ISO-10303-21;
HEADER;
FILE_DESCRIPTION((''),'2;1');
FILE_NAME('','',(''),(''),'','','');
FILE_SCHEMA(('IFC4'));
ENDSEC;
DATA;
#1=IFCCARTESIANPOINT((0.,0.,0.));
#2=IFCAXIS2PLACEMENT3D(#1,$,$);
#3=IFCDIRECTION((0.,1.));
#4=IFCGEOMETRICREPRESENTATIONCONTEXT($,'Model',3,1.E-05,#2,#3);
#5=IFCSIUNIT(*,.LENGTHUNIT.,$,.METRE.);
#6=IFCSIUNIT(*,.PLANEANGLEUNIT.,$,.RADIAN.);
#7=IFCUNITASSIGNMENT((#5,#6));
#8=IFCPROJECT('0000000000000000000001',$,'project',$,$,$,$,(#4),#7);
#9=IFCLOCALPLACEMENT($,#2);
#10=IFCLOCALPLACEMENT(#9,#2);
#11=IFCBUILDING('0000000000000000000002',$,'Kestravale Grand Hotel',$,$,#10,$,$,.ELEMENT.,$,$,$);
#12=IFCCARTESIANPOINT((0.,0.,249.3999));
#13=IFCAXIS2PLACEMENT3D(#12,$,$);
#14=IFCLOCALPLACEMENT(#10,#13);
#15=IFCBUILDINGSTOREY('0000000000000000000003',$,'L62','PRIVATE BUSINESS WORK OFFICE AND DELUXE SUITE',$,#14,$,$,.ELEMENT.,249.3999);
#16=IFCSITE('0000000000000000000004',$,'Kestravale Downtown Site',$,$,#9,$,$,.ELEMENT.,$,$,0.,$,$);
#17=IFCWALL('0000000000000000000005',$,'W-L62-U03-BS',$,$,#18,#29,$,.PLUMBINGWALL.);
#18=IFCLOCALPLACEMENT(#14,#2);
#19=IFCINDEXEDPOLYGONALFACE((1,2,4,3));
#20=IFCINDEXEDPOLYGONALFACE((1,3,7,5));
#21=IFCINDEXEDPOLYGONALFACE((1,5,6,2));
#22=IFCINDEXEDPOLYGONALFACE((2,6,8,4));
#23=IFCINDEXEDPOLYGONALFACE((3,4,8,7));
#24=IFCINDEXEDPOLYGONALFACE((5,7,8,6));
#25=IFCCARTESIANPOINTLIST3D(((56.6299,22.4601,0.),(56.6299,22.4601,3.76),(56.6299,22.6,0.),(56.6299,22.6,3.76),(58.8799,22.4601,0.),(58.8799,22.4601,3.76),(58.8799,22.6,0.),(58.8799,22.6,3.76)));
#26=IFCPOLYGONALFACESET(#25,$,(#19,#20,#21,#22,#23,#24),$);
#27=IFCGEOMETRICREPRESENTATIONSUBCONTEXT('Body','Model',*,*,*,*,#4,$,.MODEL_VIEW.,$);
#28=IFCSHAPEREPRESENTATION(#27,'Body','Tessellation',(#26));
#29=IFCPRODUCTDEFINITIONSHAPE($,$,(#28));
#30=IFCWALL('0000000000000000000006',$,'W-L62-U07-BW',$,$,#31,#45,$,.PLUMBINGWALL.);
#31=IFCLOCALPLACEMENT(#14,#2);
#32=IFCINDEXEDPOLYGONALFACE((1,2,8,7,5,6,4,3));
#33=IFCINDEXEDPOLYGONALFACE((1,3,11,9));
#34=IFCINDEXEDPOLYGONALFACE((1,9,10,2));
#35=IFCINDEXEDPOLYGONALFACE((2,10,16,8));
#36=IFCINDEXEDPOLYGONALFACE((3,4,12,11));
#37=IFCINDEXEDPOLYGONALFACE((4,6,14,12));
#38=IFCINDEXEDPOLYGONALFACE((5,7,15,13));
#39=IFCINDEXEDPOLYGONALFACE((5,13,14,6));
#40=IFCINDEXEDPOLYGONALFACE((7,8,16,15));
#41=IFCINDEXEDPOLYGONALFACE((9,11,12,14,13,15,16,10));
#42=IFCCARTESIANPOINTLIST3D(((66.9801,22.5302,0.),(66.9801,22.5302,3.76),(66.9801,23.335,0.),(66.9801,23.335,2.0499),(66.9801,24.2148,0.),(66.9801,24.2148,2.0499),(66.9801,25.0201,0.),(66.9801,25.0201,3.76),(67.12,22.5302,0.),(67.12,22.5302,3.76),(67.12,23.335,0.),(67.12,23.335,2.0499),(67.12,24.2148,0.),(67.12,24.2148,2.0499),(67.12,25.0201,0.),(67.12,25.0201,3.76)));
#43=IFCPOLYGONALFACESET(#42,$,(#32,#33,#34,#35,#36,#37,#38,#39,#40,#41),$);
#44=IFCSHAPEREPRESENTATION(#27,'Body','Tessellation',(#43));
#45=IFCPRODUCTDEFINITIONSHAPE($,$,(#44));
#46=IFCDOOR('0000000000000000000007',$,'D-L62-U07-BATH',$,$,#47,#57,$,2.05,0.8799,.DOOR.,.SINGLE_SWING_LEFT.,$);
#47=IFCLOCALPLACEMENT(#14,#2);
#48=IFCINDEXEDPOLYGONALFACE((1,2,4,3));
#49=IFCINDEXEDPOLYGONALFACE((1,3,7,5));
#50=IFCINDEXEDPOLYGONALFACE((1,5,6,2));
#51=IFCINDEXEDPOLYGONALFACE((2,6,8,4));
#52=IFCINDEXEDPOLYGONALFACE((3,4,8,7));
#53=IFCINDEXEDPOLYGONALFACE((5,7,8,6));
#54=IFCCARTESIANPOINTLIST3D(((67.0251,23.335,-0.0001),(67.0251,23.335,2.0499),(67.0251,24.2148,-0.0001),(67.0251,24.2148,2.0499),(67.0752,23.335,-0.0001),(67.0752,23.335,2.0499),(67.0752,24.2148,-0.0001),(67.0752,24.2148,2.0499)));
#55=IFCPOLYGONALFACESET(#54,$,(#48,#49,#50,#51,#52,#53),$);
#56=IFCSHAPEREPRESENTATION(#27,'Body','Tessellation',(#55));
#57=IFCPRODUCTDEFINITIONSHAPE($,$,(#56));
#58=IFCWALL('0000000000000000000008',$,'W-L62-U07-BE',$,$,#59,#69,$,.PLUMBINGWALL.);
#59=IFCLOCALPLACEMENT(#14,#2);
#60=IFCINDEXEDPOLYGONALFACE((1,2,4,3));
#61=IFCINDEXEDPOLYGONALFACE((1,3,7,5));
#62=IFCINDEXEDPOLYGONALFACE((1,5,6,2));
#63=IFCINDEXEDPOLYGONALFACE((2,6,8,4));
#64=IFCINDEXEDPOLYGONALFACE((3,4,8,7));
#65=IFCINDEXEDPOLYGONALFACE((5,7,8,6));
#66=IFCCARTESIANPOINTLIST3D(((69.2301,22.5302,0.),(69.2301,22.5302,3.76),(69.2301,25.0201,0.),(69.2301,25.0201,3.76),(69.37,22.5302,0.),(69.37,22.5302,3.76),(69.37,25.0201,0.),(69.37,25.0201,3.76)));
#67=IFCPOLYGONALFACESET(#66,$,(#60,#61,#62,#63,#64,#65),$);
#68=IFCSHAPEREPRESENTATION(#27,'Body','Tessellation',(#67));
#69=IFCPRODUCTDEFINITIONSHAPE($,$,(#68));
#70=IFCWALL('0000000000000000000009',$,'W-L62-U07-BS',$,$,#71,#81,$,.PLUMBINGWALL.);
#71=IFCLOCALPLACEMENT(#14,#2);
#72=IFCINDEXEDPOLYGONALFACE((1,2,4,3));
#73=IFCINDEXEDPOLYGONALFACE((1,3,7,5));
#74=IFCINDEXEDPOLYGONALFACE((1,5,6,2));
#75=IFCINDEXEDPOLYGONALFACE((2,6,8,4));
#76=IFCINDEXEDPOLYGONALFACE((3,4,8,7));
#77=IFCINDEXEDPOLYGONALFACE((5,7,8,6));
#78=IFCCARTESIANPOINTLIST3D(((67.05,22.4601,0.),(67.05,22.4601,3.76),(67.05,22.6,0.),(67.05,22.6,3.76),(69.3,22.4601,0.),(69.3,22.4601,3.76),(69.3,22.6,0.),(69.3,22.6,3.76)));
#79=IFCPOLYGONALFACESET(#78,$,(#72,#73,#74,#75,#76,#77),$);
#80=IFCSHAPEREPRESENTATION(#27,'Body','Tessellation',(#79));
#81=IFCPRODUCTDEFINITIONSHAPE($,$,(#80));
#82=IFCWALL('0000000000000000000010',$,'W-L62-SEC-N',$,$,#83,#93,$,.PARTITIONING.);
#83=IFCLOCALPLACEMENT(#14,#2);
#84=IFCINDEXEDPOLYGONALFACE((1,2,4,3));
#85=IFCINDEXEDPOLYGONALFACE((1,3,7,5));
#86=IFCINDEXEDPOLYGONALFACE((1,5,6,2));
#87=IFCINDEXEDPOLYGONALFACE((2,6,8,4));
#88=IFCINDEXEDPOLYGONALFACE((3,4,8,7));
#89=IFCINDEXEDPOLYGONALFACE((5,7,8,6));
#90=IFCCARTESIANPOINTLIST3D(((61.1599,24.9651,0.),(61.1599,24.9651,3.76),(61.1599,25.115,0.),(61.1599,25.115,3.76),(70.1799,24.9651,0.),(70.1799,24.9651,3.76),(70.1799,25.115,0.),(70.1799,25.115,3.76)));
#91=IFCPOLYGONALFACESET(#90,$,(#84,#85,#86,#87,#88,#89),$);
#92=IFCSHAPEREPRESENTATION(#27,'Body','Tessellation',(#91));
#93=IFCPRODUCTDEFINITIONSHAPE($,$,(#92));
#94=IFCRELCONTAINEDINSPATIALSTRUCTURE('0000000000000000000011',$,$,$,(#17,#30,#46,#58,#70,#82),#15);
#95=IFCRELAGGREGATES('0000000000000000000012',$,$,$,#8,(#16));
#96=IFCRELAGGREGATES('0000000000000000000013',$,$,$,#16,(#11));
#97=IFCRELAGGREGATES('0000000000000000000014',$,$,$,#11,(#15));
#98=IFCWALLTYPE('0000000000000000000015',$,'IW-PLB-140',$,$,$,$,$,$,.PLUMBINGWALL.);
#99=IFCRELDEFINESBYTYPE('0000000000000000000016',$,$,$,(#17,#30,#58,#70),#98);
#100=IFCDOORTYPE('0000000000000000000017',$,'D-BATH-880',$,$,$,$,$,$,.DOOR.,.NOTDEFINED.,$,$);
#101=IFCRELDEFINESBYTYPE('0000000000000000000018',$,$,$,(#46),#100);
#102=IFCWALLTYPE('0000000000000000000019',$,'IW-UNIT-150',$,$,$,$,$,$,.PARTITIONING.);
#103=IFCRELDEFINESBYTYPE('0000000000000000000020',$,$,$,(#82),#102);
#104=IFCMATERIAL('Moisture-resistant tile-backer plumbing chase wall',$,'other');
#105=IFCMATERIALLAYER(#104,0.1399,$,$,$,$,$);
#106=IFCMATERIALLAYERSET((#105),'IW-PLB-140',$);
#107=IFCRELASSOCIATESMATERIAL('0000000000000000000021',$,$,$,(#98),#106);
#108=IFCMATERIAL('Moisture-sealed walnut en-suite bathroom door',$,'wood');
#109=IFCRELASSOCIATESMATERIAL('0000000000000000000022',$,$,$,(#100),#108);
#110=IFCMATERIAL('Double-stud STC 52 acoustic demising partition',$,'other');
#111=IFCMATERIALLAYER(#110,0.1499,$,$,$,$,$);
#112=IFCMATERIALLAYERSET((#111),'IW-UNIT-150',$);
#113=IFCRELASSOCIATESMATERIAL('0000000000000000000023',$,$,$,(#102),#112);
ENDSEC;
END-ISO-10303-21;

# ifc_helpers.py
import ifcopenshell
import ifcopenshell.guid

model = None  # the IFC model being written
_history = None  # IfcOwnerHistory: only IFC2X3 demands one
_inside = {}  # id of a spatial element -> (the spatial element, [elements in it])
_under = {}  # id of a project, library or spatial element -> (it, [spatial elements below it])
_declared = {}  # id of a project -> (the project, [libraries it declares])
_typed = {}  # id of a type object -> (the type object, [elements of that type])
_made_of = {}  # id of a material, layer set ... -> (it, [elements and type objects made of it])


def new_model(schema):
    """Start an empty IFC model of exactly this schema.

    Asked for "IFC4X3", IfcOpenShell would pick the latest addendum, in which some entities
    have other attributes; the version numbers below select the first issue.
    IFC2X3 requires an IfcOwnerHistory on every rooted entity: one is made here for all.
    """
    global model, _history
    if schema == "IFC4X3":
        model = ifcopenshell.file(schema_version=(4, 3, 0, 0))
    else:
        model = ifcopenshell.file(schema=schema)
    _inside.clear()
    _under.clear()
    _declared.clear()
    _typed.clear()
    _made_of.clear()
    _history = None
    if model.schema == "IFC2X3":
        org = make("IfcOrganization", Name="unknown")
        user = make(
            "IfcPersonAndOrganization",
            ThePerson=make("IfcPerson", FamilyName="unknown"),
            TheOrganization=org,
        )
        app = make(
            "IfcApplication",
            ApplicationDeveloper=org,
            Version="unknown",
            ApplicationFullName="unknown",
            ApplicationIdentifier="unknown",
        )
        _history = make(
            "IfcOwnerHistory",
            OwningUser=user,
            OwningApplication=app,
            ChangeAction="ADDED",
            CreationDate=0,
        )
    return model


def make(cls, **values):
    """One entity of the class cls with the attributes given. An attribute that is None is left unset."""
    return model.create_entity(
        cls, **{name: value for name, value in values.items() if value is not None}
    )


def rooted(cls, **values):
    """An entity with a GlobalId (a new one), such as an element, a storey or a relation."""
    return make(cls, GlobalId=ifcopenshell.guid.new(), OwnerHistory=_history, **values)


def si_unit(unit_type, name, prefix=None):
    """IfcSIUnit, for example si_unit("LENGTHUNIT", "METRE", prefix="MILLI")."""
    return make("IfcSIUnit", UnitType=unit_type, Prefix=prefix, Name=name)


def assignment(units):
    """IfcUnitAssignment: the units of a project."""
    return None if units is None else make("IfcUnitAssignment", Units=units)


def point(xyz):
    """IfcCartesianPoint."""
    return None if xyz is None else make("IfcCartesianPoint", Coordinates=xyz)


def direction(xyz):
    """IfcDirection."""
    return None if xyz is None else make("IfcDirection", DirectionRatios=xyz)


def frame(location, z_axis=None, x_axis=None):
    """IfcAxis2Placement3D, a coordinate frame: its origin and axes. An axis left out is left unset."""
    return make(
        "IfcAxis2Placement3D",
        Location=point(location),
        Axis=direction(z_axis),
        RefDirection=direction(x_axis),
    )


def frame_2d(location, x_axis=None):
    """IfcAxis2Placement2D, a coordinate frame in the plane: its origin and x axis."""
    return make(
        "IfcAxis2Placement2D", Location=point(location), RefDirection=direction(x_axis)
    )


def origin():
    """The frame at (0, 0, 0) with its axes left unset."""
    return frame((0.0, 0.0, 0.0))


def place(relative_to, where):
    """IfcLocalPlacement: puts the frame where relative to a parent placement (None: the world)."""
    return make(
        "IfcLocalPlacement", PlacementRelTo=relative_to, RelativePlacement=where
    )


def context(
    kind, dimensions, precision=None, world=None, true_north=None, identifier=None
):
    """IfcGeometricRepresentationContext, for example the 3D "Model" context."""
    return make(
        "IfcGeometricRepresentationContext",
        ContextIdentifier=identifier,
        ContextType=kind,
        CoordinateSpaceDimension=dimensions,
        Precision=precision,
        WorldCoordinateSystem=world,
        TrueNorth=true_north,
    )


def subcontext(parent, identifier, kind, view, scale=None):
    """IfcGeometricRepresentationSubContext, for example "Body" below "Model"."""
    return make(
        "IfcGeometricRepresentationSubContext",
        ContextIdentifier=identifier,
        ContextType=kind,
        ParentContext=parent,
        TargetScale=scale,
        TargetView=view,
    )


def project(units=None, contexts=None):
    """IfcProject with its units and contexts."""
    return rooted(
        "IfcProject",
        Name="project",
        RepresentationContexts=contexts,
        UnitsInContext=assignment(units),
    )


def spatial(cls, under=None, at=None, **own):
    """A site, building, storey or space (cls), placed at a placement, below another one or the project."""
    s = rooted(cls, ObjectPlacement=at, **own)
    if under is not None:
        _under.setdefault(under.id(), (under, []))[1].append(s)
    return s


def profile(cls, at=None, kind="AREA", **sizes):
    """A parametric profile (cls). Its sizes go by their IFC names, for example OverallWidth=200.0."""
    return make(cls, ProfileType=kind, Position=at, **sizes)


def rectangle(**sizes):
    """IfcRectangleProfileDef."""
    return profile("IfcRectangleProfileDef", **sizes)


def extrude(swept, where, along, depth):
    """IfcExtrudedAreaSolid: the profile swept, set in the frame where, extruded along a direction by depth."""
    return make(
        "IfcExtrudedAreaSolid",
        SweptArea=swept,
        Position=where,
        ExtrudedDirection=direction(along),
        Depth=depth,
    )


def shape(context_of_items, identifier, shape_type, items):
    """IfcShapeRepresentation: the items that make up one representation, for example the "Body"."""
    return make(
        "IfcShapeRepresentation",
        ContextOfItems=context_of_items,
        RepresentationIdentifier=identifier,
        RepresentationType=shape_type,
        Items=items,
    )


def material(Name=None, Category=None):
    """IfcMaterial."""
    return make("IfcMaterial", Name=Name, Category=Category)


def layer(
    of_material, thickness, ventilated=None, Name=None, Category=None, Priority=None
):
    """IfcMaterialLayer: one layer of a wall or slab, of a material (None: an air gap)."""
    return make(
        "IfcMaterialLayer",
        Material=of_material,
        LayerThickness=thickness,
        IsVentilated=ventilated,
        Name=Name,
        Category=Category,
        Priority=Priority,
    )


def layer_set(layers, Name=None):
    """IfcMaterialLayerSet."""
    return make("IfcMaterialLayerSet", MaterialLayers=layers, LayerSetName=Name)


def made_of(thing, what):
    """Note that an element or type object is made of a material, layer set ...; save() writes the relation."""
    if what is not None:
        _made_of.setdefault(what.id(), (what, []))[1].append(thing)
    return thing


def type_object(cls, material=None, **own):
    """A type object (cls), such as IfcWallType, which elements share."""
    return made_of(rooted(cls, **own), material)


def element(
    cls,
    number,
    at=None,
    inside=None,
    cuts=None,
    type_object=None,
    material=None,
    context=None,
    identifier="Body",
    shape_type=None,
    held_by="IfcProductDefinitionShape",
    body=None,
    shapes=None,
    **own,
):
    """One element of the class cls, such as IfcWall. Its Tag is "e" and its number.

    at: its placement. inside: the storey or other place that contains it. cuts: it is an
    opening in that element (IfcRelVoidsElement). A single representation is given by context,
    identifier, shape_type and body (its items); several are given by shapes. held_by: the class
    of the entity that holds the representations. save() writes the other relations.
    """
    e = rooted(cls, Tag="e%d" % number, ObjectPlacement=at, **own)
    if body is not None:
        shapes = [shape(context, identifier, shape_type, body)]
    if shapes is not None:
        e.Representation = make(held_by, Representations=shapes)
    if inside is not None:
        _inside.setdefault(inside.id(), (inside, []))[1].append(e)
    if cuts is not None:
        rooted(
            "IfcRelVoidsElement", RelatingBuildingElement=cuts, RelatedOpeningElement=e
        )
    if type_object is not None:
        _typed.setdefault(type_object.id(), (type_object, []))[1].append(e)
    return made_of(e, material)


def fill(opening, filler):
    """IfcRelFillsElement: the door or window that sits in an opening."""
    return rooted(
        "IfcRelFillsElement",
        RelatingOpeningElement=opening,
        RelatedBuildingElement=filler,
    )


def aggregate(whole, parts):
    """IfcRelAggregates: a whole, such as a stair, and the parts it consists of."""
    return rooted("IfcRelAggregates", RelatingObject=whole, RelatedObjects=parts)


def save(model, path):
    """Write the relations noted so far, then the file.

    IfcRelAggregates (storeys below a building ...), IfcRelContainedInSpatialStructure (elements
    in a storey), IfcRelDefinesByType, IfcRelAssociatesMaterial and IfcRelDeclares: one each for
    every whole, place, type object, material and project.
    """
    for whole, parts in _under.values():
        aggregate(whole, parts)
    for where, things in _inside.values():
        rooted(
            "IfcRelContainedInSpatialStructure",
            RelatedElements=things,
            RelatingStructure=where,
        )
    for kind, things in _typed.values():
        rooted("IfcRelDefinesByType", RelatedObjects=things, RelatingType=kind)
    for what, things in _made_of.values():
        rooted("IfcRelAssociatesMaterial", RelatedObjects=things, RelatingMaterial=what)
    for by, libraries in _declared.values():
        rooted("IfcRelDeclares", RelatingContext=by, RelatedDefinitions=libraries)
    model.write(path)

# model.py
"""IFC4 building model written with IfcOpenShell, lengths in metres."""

from ifc_helpers import new_model, si_unit, direction, frame, frame_2d, origin, place, context, subcontext, project, spatial, rectangle, extrude, material, layer, layer_set, type_object, element, fill, save


model = new_model("IFC4")

# Units and contexts
model_context = context("Model", 3, precision=1e-05, world=origin(), true_north=direction((0.0, 1.0)))
body_context = subcontext(model_context, "Body", "Model", "MODEL_VIEW")
ifc_project = project(units=[si_unit("LENGTHUNIT", "METRE"), si_unit("PLANEANGLEUNIT", "RADIAN")], contexts=[model_context])

# Site, building, storey
site_placement = place(None, origin())
site = spatial("IfcSite", under=ifc_project, at=site_placement, Name="Kestravale Downtown Site", CompositionType="ELEMENT", RefElevation=0.0)
building_placement = place(site_placement, origin())
building = spatial("IfcBuilding", under=site, at=building_placement, Name="Kestravale Grand Hotel", CompositionType="ELEMENT")
storey_placement = place(building_placement, frame((0.0, 0.0, 249.3999)))
storey = spatial("IfcBuildingStorey", under=building, at=storey_placement, Name="L62", Description="PRIVATE BUSINESS WORK OFFICE AND DELUXE SUITE", CompositionType="ELEMENT", Elevation=249.3999)

# Shared definitions
ifc_material_1 = material(Name="Moisture-resistant tile-backer plumbing chase wall", Category="other")
ifc_layer_1 = layer(ifc_material_1, 0.1399)
ifc_layer_set_1 = layer_set([ifc_layer_1], Name="IW-PLB-140")
wall_type_1 = type_object("IfcWallType", Name="IW-PLB-140", PredefinedType="PLUMBINGWALL", material=ifc_layer_set_1)
ifc_material_2 = material(Name="Moisture-sealed walnut en-suite bathroom door", Category="wood")
door_type_1 = type_object("IfcDoorType", Name="D-BATH-880", OperationType="NOTDEFINED", PredefinedType="DOOR", material=ifc_material_2)

# Wall
wall_1_placement = place(storey_placement, frame((56.6299, 22.53, 0.0), z_axis=(0.0, 0.0, 1.0), x_axis=(1.0, 0.0, 0.0)))
element("IfcWall", 1, at=wall_1_placement, inside=storey, type_object=wall_type_1, Name="W-L62-U03-BS", PredefinedType="PLUMBINGWALL", context=body_context, shape_type="SweptSolid", body=[
    extrude(rectangle(XDim=2.25, YDim=0.1399, at=frame_2d((1.125, 0.0))), origin(), (0.0, 0.0, 1.0), 3.76),
])

# Wall, opening, door
wall_2_placement = place(storey_placement, frame((67.05, 22.53, 0.0), z_axis=(0.0, 0.0, 1.0), x_axis=(0.0, 1.0, 0.0)))
wall_2 = element("IfcWall", 2, at=wall_2_placement, inside=storey, type_object=wall_type_1, Name="W-L62-U07-BW", PredefinedType="PLUMBINGWALL", context=body_context, shape_type="SweptSolid", body=[
    extrude(rectangle(XDim=2.49, YDim=0.1399, at=frame_2d((1.2451, 0.0))), origin(), (0.0, 0.0, 1.0), 3.76),
])
opening_1_placement = place(wall_2_placement, frame((0.8049, 0.0, 0.0)))
opening_1 = element("IfcOpeningElement", 3, at=opening_1_placement, cuts=wall_2, PredefinedType="OPENING", context=body_context, shape_type="SweptSolid", body=[
    extrude(rectangle(XDim=0.8799, YDim=2.05, at=frame_2d((0.4399, 1.0249))), frame((0.0, 0.0798, 0.0), z_axis=(0.0, -1.0, 0.0), x_axis=(1.0, 0.0, 0.0)), (0.0, 0.0, 1.0), 0.1599),
])
door_1_placement = place(opening_1_placement, origin())
door_1 = element("IfcDoor", 4, at=door_1_placement, inside=storey, type_object=door_type_1, Name="D-L62-U07-BATH", OperationType="SINGLE_SWING_LEFT", OverallHeight=2.05, OverallWidth=0.8799, PredefinedType="DOOR", context=body_context, shape_type="SweptSolid", body=[
    extrude(rectangle(XDim=0.8799, YDim=2.05, at=frame_2d((0.4399, 1.0249))), frame((0.0, 0.0249, 0.0), z_axis=(0.0, -1.0, 0.0), x_axis=(1.0, 0.0, 0.0)), (0.0, 0.0, 1.0), 0.05),
])
fill(opening_1, door_1)

# Walls
wall_3_placement = place(storey_placement, frame((69.3, 22.53, 0.0), z_axis=(0.0, 0.0, 1.0), x_axis=(0.0, 1.0, 0.0)))
element("IfcWall", 5, at=wall_3_placement, inside=storey, type_object=wall_type_1, Name="W-L62-U07-BE", PredefinedType="PLUMBINGWALL", context=body_context, shape_type="SweptSolid", body=[
    extrude(rectangle(XDim=2.49, YDim=0.1399, at=frame_2d((1.2451, 0.0))), origin(), (0.0, 0.0, 1.0), 3.76),
])
wall_4_placement = place(storey_placement, frame((67.05, 22.53, 0.0), z_axis=(0.0, 0.0, 1.0), x_axis=(1.0, 0.0, 0.0)))
element("IfcWall", 6, at=wall_4_placement, inside=storey, type_object=wall_type_1, Name="W-L62-U07-BS", PredefinedType="PLUMBINGWALL", context=body_context, shape_type="SweptSolid", body=[
    extrude(rectangle(XDim=2.25, YDim=0.1399, at=frame_2d((1.125, 0.0))), origin(), (0.0, 0.0, 1.0), 3.76),
])
ifc_material_3 = material(Name="Double-stud STC 52 acoustic demising partition", Category="other")
ifc_layer_2 = layer(ifc_material_3, 0.1499)
ifc_layer_set_2 = layer_set([ifc_layer_2], Name="IW-UNIT-150")
wall_type_2 = type_object("IfcWallType", Name="IW-UNIT-150", PredefinedType="PARTITIONING", material=ifc_layer_set_2)
wall_5_placement = place(storey_placement, frame((61.1599, 25.04, 0.0), z_axis=(0.0, 0.0, 1.0), x_axis=(1.0, 0.0, 0.0)))
element("IfcWall", 7, at=wall_5_placement, inside=storey, type_object=wall_type_2, Name="W-L62-SEC-N", PredefinedType="PARTITIONING", context=body_context, shape_type="SweptSolid", body=[
    extrude(rectangle(XDim=9.02, YDim=0.1499, at=frame_2d((4.51, 0.0))), origin(), (0.0, 0.0, 1.0), 3.76),
])

save(model, "model.ifc")
